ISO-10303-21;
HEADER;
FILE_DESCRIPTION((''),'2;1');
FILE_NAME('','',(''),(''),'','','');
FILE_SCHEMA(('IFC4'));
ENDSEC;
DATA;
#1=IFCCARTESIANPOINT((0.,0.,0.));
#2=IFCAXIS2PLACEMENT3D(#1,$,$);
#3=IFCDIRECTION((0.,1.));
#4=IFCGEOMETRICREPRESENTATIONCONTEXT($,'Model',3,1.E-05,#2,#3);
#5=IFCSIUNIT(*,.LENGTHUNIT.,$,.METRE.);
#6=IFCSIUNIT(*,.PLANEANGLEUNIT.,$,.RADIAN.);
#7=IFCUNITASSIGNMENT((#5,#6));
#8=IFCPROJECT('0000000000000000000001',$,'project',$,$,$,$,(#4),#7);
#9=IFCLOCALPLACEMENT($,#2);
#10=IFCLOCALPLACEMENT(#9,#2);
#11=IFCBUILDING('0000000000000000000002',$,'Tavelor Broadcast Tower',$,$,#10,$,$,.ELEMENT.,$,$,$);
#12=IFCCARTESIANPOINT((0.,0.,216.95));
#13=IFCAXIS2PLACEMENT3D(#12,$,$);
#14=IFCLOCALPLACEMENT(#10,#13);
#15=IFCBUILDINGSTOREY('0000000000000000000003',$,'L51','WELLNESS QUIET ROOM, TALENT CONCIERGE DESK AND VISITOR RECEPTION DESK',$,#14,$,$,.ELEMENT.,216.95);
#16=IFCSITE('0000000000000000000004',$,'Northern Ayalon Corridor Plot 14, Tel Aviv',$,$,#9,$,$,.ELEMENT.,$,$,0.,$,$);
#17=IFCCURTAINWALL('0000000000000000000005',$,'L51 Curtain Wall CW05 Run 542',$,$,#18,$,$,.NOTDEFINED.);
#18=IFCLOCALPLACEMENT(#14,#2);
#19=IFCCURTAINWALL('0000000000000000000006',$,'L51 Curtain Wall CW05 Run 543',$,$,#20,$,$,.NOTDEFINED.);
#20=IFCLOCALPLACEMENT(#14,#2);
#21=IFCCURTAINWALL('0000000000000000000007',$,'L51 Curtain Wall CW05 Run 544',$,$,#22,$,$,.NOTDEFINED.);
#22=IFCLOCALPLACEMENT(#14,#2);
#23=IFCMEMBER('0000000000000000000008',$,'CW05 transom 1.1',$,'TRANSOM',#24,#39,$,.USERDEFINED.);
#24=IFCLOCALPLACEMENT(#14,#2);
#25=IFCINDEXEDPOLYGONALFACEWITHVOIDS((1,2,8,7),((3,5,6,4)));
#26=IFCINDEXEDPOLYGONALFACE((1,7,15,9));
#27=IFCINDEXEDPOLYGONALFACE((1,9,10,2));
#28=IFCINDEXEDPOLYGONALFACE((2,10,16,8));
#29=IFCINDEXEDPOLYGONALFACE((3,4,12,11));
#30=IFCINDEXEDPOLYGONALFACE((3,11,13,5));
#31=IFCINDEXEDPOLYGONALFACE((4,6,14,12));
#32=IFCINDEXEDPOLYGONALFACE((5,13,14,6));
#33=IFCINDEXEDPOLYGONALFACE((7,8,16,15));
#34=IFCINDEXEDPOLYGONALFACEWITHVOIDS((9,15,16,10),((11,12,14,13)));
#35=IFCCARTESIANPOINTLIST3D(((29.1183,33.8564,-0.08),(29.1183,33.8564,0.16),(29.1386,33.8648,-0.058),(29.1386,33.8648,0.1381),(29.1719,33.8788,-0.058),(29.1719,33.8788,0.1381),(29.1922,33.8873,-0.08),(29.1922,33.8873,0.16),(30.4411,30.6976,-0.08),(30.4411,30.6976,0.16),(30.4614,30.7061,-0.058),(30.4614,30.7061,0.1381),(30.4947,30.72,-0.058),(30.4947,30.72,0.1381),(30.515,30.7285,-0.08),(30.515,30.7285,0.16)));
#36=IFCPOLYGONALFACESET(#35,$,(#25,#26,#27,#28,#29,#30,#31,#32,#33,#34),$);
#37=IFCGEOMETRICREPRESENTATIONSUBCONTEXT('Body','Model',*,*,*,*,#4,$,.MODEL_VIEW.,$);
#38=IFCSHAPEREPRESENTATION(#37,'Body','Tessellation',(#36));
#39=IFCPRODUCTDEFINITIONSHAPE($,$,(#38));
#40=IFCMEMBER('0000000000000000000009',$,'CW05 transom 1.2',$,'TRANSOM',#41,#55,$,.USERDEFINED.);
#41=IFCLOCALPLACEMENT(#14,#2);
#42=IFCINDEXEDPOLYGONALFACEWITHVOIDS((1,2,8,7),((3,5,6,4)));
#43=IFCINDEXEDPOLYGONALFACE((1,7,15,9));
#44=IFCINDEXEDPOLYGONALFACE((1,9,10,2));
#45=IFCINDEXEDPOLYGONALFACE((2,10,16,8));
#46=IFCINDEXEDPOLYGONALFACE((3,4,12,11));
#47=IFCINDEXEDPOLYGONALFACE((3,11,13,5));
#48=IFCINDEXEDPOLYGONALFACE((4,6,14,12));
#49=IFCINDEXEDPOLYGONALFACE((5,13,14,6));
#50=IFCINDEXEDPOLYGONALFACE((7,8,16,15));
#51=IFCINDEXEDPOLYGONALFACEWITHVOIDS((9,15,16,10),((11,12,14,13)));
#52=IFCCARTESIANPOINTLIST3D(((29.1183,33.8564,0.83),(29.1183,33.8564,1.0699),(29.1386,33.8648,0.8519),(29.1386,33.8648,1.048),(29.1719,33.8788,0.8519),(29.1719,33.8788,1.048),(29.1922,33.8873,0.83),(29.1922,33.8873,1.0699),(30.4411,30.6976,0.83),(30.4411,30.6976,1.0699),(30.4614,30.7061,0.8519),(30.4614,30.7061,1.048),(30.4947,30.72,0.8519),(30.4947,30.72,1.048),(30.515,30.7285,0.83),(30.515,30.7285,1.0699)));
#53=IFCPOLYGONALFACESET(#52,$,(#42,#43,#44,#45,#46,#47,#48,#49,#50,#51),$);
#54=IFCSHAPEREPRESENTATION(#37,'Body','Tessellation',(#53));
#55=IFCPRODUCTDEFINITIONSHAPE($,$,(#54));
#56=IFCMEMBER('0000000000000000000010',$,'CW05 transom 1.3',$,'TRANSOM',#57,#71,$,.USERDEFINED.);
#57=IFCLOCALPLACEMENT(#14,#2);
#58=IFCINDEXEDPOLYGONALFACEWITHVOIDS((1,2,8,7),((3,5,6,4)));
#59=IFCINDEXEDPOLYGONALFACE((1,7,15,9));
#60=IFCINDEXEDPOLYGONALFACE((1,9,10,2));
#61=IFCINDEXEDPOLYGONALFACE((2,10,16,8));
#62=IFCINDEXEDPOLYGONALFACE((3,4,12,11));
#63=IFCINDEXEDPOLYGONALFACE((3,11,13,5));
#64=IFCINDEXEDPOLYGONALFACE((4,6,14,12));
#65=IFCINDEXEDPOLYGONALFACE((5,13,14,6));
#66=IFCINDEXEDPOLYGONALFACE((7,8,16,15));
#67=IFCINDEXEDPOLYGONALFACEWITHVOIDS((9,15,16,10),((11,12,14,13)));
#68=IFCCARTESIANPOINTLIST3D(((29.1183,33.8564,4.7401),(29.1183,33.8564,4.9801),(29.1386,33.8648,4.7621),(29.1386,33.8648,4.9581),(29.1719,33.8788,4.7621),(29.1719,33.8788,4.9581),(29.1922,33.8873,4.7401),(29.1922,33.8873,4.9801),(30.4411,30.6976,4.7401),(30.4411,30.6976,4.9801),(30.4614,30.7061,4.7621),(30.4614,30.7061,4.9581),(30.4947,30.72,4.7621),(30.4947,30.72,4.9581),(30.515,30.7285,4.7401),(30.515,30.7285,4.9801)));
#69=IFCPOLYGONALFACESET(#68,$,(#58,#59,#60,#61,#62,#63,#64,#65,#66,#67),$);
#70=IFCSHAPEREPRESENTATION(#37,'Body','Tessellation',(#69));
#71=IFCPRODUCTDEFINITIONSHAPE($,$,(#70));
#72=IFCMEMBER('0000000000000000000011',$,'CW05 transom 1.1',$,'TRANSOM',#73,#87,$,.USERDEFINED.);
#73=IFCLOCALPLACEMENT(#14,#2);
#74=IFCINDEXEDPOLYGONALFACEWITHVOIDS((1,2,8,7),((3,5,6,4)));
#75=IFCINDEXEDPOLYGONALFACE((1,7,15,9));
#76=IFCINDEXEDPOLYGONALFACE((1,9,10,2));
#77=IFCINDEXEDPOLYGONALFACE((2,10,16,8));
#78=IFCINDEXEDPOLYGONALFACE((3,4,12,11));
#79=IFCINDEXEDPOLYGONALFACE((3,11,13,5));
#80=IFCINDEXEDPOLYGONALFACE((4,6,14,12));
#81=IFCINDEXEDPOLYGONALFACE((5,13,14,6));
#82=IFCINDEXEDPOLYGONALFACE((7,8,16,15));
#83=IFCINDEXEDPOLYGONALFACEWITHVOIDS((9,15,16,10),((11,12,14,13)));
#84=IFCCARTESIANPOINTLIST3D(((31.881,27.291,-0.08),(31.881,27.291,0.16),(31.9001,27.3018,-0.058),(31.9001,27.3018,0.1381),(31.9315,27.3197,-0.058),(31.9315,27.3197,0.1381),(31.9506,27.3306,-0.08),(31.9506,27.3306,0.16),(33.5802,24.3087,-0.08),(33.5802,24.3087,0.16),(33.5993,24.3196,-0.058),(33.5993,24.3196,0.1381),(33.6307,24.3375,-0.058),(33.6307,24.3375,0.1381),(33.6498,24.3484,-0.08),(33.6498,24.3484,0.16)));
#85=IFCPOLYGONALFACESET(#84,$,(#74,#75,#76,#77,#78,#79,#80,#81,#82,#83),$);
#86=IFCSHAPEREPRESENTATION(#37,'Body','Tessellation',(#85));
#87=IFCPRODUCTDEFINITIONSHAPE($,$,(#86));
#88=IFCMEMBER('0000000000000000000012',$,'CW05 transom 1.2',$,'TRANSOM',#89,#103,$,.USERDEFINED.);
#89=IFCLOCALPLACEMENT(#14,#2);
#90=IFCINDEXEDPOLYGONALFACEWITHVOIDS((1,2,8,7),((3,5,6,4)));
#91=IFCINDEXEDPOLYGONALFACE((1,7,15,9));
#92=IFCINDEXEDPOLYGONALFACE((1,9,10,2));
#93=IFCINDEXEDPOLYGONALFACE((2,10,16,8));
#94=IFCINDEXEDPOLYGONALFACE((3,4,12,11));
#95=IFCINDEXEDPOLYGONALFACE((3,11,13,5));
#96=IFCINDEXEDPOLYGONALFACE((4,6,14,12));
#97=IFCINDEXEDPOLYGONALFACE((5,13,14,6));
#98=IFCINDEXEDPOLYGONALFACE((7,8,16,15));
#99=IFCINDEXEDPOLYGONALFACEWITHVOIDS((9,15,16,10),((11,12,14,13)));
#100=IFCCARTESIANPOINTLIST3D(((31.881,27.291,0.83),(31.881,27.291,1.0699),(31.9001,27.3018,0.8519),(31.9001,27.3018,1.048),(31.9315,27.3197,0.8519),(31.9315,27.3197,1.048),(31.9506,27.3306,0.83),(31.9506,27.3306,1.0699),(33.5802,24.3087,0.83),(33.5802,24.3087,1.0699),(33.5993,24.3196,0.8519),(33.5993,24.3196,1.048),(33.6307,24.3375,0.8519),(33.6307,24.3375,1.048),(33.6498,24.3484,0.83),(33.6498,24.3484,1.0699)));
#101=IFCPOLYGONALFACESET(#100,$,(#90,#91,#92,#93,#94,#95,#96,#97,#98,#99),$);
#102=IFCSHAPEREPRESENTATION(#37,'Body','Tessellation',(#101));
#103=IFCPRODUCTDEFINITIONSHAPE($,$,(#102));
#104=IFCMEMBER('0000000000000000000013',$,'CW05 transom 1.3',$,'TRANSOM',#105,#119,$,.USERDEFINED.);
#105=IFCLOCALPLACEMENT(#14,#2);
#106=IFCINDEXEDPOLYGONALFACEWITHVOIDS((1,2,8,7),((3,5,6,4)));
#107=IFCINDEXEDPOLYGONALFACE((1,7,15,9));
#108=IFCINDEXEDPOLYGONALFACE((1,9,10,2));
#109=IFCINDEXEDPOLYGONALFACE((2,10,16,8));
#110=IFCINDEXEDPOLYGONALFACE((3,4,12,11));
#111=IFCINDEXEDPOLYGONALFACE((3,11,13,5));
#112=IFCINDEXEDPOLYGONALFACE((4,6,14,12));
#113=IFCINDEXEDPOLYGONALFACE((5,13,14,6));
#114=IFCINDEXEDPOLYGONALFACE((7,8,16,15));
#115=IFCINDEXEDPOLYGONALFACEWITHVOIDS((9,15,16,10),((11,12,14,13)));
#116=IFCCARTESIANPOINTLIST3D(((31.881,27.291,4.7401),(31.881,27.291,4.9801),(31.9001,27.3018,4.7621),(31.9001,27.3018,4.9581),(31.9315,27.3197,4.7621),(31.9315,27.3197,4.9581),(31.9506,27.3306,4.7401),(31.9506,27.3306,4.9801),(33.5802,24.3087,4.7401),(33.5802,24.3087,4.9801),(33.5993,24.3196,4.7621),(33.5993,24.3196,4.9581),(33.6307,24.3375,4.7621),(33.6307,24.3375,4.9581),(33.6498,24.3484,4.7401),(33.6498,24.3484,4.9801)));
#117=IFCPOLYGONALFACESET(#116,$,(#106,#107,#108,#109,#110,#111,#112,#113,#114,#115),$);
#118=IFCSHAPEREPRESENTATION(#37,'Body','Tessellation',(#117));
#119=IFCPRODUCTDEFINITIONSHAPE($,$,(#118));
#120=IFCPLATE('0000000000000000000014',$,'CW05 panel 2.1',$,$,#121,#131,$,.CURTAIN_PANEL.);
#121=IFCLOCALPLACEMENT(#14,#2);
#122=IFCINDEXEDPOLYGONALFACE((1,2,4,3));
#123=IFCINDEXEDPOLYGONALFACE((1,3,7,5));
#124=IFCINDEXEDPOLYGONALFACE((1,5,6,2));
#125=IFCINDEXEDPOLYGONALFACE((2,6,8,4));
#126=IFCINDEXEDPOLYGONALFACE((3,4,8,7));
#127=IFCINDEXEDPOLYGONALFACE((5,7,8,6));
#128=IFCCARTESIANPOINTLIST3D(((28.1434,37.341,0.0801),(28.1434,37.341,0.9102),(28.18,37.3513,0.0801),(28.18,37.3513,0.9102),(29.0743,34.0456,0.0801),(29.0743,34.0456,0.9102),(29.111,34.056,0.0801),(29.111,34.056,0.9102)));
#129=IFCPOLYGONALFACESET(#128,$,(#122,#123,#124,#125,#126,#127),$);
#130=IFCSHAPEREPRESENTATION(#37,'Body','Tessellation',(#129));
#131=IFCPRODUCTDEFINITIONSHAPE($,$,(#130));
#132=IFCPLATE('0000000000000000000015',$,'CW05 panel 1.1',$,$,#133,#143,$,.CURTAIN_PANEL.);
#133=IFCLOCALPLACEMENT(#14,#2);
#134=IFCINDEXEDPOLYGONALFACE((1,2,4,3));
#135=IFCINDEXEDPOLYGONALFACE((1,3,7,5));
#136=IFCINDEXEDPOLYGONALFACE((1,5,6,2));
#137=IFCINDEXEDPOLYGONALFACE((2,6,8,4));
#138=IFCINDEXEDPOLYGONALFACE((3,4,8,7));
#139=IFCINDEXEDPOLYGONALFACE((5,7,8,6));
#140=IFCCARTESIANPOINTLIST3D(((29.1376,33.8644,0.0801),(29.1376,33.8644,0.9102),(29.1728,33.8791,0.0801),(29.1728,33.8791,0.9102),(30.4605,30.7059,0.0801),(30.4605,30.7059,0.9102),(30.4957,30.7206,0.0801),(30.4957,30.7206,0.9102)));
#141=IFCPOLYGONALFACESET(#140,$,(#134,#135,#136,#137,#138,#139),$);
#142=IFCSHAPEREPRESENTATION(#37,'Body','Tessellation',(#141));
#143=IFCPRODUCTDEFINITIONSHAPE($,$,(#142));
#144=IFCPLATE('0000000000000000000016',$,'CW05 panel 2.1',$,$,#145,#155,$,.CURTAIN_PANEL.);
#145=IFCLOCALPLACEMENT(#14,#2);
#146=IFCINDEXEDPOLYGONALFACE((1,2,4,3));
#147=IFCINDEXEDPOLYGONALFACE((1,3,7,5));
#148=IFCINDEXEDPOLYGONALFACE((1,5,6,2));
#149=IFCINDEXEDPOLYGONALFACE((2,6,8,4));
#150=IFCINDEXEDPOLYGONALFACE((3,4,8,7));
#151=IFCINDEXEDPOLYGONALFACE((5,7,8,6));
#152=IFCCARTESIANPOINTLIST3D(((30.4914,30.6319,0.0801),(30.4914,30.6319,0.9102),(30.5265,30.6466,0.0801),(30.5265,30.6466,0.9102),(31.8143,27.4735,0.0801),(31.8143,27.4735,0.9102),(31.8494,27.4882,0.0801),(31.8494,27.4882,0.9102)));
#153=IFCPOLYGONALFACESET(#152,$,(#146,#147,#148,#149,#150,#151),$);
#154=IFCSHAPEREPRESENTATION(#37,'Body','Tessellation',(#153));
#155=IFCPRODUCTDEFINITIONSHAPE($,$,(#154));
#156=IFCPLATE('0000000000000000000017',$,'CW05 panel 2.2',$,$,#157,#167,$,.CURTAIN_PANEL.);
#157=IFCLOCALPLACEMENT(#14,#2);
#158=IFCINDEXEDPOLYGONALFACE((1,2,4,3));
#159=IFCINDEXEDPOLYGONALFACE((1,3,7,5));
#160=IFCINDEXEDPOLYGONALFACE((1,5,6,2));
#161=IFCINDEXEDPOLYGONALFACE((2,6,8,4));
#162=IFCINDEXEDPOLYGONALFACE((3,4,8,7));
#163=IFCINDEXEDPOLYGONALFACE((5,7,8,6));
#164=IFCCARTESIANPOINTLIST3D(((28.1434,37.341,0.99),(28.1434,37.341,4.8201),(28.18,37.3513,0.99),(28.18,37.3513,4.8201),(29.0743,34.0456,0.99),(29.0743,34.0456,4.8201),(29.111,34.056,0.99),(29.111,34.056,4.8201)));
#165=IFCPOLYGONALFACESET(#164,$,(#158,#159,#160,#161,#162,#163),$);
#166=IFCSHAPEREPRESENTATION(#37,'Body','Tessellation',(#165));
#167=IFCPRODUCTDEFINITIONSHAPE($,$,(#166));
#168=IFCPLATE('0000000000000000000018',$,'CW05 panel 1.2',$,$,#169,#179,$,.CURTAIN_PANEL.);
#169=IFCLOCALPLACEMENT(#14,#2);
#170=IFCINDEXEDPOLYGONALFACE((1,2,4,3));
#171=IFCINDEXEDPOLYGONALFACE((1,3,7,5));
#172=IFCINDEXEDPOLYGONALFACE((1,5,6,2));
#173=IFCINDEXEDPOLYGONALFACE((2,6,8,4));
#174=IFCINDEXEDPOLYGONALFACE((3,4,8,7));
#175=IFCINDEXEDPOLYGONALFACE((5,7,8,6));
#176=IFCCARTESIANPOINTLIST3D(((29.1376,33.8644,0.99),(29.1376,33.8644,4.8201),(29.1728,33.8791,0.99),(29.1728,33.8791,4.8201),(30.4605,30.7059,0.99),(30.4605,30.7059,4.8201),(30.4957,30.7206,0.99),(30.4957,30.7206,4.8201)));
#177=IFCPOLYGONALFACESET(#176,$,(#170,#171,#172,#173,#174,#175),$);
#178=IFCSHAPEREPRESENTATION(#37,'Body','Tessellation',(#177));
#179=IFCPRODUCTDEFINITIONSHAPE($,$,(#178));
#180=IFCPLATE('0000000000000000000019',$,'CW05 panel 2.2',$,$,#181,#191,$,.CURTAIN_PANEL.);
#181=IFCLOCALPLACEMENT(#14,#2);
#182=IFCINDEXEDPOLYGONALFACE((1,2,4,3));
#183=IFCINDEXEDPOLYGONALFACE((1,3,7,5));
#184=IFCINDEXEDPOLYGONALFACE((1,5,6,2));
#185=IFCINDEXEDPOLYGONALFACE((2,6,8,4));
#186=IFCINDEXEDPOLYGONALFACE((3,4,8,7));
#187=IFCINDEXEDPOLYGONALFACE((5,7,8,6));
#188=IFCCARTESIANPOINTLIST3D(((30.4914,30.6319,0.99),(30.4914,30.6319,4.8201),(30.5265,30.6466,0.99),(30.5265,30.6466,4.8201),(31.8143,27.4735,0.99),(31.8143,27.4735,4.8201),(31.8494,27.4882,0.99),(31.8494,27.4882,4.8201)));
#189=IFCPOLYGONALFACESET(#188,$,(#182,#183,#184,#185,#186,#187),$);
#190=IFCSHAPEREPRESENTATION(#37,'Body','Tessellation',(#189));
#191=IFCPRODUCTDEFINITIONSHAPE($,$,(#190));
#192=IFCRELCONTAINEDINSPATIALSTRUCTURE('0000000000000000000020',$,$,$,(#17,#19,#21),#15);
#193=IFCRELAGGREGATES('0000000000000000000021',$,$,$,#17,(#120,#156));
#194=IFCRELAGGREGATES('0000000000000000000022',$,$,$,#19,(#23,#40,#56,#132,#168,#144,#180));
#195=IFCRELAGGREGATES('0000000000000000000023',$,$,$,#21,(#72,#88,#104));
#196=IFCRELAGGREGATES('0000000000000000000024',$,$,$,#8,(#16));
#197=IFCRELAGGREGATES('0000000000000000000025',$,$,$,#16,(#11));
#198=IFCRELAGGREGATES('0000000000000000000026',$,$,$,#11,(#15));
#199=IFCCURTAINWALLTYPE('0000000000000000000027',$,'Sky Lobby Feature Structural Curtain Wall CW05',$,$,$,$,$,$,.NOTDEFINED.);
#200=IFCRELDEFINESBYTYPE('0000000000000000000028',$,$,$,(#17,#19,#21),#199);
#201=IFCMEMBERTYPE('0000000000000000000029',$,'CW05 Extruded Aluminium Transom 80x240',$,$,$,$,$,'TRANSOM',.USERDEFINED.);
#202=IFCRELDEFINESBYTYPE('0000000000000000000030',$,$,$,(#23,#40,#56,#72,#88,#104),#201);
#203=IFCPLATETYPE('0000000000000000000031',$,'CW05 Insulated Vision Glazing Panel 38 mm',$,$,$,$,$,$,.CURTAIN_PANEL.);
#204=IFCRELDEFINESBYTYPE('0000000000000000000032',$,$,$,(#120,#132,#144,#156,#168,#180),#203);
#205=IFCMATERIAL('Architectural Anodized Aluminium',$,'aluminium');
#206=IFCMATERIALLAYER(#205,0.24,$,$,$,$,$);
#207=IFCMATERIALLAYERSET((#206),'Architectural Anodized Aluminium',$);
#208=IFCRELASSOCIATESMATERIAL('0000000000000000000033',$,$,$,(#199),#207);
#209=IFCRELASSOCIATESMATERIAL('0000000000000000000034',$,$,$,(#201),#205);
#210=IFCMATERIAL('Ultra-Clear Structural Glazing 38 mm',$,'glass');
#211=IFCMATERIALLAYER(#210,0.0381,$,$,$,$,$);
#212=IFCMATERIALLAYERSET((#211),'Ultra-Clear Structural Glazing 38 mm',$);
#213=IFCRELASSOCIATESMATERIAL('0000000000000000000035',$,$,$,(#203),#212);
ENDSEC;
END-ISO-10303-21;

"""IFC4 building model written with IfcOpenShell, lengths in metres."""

from ifc_helpers import new_model, si_unit, direction, frame, origin, origin_2d, place, context, subcontext, project, spatial, rectangle, hollow_rectangle, extrude, source, transform, mapped, material, layer, layer_set, material_profile, profile_set, type_object, element, aggregate, save


model = new_model("IFC4")

# Units and contexts
model_context = context("Model", 3, precision=1e-05, world=origin(), true_north=direction((0.0, 1.0)))
body_context = subcontext(model_context, "Body", "Model", "MODEL_VIEW")
ifc_project = project(units=[si_unit("LENGTHUNIT", "METRE"), si_unit("PLANEANGLEUNIT", "RADIAN")], contexts=[model_context])

# Site, building, storey
site_placement = place(None, origin())
site = spatial("IfcSite", under=ifc_project, at=site_placement, Name="Northern Ayalon Corridor Plot 14, Tel Aviv", CompositionType="ELEMENT", RefElevation=0.0)
building_placement = place(site_placement, origin())
building = spatial("IfcBuilding", under=site, at=building_placement, Name="Tavelor Broadcast Tower", CompositionType="ELEMENT")
storey_placement = place(building_placement, frame((0.0, 0.0, 216.95)))
storey = spatial("IfcBuildingStorey", under=building, at=storey_placement, Name="L51", Description="WELLNESS QUIET ROOM, TALENT CONCIERGE DESK AND VISITOR RECEPTION DESK", CompositionType="ELEMENT", Elevation=216.95)

# Curtain wall
ifc_material_1 = material(Name="Architectural Anodized Aluminium", Category="aluminium")
ifc_layer_1 = layer(ifc_material_1, 0.24)
ifc_layer_set_1 = layer_set([ifc_layer_1], Name="Architectural Anodized Aluminium")
curtain_wall_type = type_object("IfcCurtainWallType", Name="Sky Lobby Feature Structural Curtain Wall CW05", PredefinedType="NOTDEFINED", material=ifc_layer_set_1)
curtain_wall_1_placement = place(storey_placement, origin())
curtain_wall_1 = element("IfcCurtainWall", 1, at=curtain_wall_1_placement, inside=storey, type_object=curtain_wall_type, Name="L51 Curtain Wall CW05 Run 542", PredefinedType="NOTDEFINED")

# Curtain walls
curtain_wall_2_placement = place(storey_placement, origin())
curtain_wall_2 = element("IfcCurtainWall", 2, at=curtain_wall_2_placement, inside=storey, type_object=curtain_wall_type, Name="L51 Curtain Wall CW05 Run 543", PredefinedType="NOTDEFINED")
curtain_wall_3_placement = place(storey_placement, origin())
curtain_wall_3 = element("IfcCurtainWall", 3, at=curtain_wall_3_placement, inside=storey, type_object=curtain_wall_type, Name="L51 Curtain Wall CW05 Run 544", PredefinedType="NOTDEFINED")

# Members
ifc_material_profile_1 = material_profile(ifc_material_1, hollow_rectangle(XDim=0.0801, YDim=0.24, WallThickness=0.022, at=origin_2d()), Name="RHS 80x240x22")
ifc_profile_set_1 = profile_set([ifc_material_profile_1], Name="Architectural Anodized Aluminium")
member_type_1 = type_object("IfcMemberType", Name="CW05 Extruded Aluminium Transom 80x240", ElementType="TRANSOM", PredefinedType="USERDEFINED", material=ifc_profile_set_1)
shared_shape_1 = source(origin(), body_context, "Body", "SweptSolid", [
    extrude(hollow_rectangle(XDim=0.0801, YDim=0.24, WallThickness=0.022, at=origin_2d()), origin(), (0.0, 0.0, 1.0), 3.4246),
])
member_1_placement = place(storey_placement, frame((29.1553, 33.8718, 0.04), z_axis=(0.386265, -0.922388, 0.0), x_axis=(0.922388, 0.386265, 0.0)))
member_1 = element("IfcMember", 4, at=member_1_placement, type_object=member_type_1, Name="CW05 transom 1.1", ObjectType="TRANSOM", PredefinedType="USERDEFINED", context=body_context, shape_type="MappedRepresentation", body=[
    mapped(shared_shape_1, transform((0.0, 0.0, 0.0), scale=1.0)),
])
member_2_placement = place(storey_placement, frame((29.1553, 33.8718, 0.95), z_axis=(0.386265, -0.922388, 0.0), x_axis=(0.922388, 0.386265, 0.0)))
member_2 = element("IfcMember", 5, at=member_2_placement, type_object=member_type_1, Name="CW05 transom 1.2", ObjectType="TRANSOM", PredefinedType="USERDEFINED", context=body_context, shape_type="MappedRepresentation", body=[
    mapped(shared_shape_1, transform((0.0, 0.0, 0.0), scale=1.0)),
])
member_3_placement = place(storey_placement, frame((29.1553, 33.8718, 4.8601), z_axis=(0.386265, -0.922388, 0.0), x_axis=(0.922388, 0.386265, 0.0)))
member_3 = element("IfcMember", 6, at=member_3_placement, type_object=member_type_1, Name="CW05 transom 1.3", ObjectType="TRANSOM", PredefinedType="USERDEFINED", context=body_context, shape_type="MappedRepresentation", body=[
    mapped(shared_shape_1, transform((0.0, 0.0, 0.0), scale=1.0)),
])
shared_shape_2 = source(origin(), body_context, "Body", "SweptSolid", [
    extrude(hollow_rectangle(XDim=0.0801, YDim=0.24, WallThickness=0.022, at=origin_2d()), origin(), (0.0, 0.0, 1.0), 3.4324),
])
member_4_placement = place(storey_placement, frame((31.9158, 27.3108, 0.04), z_axis=(0.495066, -0.868855, 0.0), x_axis=(0.868855, 0.495066, 0.0)))
member_4 = element("IfcMember", 7, at=member_4_placement, type_object=member_type_1, Name="CW05 transom 1.1", ObjectType="TRANSOM", PredefinedType="USERDEFINED", context=body_context, shape_type="MappedRepresentation", body=[
    mapped(shared_shape_2, transform((0.0, 0.0, 0.0), scale=1.0)),
])
member_5_placement = place(storey_placement, frame((31.9158, 27.3108, 0.95), z_axis=(0.495066, -0.868855, 0.0), x_axis=(0.868855, 0.495066, 0.0)))
member_5 = element("IfcMember", 8, at=member_5_placement, type_object=member_type_1, Name="CW05 transom 1.2", ObjectType="TRANSOM", PredefinedType="USERDEFINED", context=body_context, shape_type="MappedRepresentation", body=[
    mapped(shared_shape_2, transform((0.0, 0.0, 0.0), scale=1.0)),
])
member_6_placement = place(storey_placement, frame((31.9158, 27.3108, 4.8601), z_axis=(0.495066, -0.868855, 0.0), x_axis=(0.868855, 0.495066, 0.0)))
member_6 = element("IfcMember", 9, at=member_6_placement, type_object=member_type_1, Name="CW05 transom 1.3", ObjectType="TRANSOM", PredefinedType="USERDEFINED", context=body_context, shape_type="MappedRepresentation", body=[
    mapped(shared_shape_2, transform((0.0, 0.0, 0.0), scale=1.0)),
])

# Plates
ifc_material_2 = material(Name="Ultra-Clear Structural Glazing 38 mm", Category="glass")
ifc_layer_2 = layer(ifc_material_2, 0.0381)
ifc_layer_set_2 = layer_set([ifc_layer_2], Name="Ultra-Clear Structural Glazing 38 mm")
plate_type = type_object("IfcPlateType", Name="CW05 Insulated Vision Glazing Panel 38 mm", PredefinedType="CURTAIN_PANEL", material=ifc_layer_set_2)
shared_shape_3 = source(origin(), body_context, "Body", "SweptSolid", [
    extrude(rectangle(XDim=3.4243, YDim=0.0381, at=origin_2d()), origin(), (0.0, 0.0, 1.0), 0.8301),
])
plate_1_placement = place(storey_placement, frame((28.6272, 35.6985, 0.0801), z_axis=(0.0, 0.0, 1.0), x_axis=(0.271866, -0.962335, 0.0)))
plate_1 = element("IfcPlate", 10, at=plate_1_placement, type_object=plate_type, Name="CW05 panel 2.1", PredefinedType="CURTAIN_PANEL", context=body_context, shape_type="MappedRepresentation", body=[
    mapped(shared_shape_3, transform((0.0, 0.0, 0.0), scale=1.0)),
])
plate_2_placement = place(storey_placement, frame((29.8167, 32.2925, 0.0801), z_axis=(0.0, 0.0, 1.0), x_axis=(0.38633, -0.922361, 0.0)))
plate_2 = element("IfcPlate", 11, at=plate_2_placement, type_object=plate_type, Name="CW05 panel 1.1", PredefinedType="CURTAIN_PANEL", context=body_context, shape_type="MappedRepresentation", body=[
    mapped(shared_shape_3, transform((0.0, 0.0, 0.0), scale=1.0)),
])
plate_3_placement = place(storey_placement, frame((31.1704, 29.0601, 0.0801), z_axis=(0.0, 0.0, 1.0), x_axis=(0.38633, -0.922361, 0.0)))
plate_3 = element("IfcPlate", 12, at=plate_3_placement, type_object=plate_type, Name="CW05 panel 2.1", PredefinedType="CURTAIN_PANEL", context=body_context, shape_type="MappedRepresentation", body=[
    mapped(shared_shape_3, transform((0.0, 0.0, 0.0), scale=1.0)),
])
shared_shape_4 = source(origin(), body_context, "Body", "SweptSolid", [
    extrude(rectangle(XDim=3.4243, YDim=0.0381, at=origin_2d()), origin(), (0.0, 0.0, 1.0), 3.8301),
])
plate_4_placement = place(storey_placement, frame((28.6272, 35.6985, 0.99), z_axis=(0.0, 0.0, 1.0), x_axis=(0.271866, -0.962335, 0.0)))
plate_4 = element("IfcPlate", 13, at=plate_4_placement, type_object=plate_type, Name="CW05 panel 2.2", PredefinedType="CURTAIN_PANEL", context=body_context, shape_type="MappedRepresentation", body=[
    mapped(shared_shape_4, transform((0.0, 0.0, 0.0), scale=1.0)),
])
aggregate(curtain_wall_1, [plate_1, plate_4])
plate_5_placement = place(storey_placement, frame((29.8167, 32.2925, 0.99), z_axis=(0.0, 0.0, 1.0), x_axis=(0.38633, -0.922361, 0.0)))
plate_5 = element("IfcPlate", 14, at=plate_5_placement, type_object=plate_type, Name="CW05 panel 1.2", PredefinedType="CURTAIN_PANEL", context=body_context, shape_type="MappedRepresentation", body=[
    mapped(shared_shape_4, transform((0.0, 0.0, 0.0), scale=1.0)),
])
plate_6_placement = place(storey_placement, frame((31.1704, 29.0601, 0.99), z_axis=(0.0, 0.0, 1.0), x_axis=(0.38633, -0.922361, 0.0)))
plate_6 = element("IfcPlate", 15, at=plate_6_placement, type_object=plate_type, Name="CW05 panel 2.2", PredefinedType="CURTAIN_PANEL", context=body_context, shape_type="MappedRepresentation", body=[
    mapped(shared_shape_4, transform((0.0, 0.0, 0.0), scale=1.0)),
])
aggregate(curtain_wall_2, [member_1, member_2, member_3, plate_2, plate_5, plate_3, plate_6])
aggregate(curtain_wall_3, [member_4, member_5, member_6])

save(model, "model.ifc")
